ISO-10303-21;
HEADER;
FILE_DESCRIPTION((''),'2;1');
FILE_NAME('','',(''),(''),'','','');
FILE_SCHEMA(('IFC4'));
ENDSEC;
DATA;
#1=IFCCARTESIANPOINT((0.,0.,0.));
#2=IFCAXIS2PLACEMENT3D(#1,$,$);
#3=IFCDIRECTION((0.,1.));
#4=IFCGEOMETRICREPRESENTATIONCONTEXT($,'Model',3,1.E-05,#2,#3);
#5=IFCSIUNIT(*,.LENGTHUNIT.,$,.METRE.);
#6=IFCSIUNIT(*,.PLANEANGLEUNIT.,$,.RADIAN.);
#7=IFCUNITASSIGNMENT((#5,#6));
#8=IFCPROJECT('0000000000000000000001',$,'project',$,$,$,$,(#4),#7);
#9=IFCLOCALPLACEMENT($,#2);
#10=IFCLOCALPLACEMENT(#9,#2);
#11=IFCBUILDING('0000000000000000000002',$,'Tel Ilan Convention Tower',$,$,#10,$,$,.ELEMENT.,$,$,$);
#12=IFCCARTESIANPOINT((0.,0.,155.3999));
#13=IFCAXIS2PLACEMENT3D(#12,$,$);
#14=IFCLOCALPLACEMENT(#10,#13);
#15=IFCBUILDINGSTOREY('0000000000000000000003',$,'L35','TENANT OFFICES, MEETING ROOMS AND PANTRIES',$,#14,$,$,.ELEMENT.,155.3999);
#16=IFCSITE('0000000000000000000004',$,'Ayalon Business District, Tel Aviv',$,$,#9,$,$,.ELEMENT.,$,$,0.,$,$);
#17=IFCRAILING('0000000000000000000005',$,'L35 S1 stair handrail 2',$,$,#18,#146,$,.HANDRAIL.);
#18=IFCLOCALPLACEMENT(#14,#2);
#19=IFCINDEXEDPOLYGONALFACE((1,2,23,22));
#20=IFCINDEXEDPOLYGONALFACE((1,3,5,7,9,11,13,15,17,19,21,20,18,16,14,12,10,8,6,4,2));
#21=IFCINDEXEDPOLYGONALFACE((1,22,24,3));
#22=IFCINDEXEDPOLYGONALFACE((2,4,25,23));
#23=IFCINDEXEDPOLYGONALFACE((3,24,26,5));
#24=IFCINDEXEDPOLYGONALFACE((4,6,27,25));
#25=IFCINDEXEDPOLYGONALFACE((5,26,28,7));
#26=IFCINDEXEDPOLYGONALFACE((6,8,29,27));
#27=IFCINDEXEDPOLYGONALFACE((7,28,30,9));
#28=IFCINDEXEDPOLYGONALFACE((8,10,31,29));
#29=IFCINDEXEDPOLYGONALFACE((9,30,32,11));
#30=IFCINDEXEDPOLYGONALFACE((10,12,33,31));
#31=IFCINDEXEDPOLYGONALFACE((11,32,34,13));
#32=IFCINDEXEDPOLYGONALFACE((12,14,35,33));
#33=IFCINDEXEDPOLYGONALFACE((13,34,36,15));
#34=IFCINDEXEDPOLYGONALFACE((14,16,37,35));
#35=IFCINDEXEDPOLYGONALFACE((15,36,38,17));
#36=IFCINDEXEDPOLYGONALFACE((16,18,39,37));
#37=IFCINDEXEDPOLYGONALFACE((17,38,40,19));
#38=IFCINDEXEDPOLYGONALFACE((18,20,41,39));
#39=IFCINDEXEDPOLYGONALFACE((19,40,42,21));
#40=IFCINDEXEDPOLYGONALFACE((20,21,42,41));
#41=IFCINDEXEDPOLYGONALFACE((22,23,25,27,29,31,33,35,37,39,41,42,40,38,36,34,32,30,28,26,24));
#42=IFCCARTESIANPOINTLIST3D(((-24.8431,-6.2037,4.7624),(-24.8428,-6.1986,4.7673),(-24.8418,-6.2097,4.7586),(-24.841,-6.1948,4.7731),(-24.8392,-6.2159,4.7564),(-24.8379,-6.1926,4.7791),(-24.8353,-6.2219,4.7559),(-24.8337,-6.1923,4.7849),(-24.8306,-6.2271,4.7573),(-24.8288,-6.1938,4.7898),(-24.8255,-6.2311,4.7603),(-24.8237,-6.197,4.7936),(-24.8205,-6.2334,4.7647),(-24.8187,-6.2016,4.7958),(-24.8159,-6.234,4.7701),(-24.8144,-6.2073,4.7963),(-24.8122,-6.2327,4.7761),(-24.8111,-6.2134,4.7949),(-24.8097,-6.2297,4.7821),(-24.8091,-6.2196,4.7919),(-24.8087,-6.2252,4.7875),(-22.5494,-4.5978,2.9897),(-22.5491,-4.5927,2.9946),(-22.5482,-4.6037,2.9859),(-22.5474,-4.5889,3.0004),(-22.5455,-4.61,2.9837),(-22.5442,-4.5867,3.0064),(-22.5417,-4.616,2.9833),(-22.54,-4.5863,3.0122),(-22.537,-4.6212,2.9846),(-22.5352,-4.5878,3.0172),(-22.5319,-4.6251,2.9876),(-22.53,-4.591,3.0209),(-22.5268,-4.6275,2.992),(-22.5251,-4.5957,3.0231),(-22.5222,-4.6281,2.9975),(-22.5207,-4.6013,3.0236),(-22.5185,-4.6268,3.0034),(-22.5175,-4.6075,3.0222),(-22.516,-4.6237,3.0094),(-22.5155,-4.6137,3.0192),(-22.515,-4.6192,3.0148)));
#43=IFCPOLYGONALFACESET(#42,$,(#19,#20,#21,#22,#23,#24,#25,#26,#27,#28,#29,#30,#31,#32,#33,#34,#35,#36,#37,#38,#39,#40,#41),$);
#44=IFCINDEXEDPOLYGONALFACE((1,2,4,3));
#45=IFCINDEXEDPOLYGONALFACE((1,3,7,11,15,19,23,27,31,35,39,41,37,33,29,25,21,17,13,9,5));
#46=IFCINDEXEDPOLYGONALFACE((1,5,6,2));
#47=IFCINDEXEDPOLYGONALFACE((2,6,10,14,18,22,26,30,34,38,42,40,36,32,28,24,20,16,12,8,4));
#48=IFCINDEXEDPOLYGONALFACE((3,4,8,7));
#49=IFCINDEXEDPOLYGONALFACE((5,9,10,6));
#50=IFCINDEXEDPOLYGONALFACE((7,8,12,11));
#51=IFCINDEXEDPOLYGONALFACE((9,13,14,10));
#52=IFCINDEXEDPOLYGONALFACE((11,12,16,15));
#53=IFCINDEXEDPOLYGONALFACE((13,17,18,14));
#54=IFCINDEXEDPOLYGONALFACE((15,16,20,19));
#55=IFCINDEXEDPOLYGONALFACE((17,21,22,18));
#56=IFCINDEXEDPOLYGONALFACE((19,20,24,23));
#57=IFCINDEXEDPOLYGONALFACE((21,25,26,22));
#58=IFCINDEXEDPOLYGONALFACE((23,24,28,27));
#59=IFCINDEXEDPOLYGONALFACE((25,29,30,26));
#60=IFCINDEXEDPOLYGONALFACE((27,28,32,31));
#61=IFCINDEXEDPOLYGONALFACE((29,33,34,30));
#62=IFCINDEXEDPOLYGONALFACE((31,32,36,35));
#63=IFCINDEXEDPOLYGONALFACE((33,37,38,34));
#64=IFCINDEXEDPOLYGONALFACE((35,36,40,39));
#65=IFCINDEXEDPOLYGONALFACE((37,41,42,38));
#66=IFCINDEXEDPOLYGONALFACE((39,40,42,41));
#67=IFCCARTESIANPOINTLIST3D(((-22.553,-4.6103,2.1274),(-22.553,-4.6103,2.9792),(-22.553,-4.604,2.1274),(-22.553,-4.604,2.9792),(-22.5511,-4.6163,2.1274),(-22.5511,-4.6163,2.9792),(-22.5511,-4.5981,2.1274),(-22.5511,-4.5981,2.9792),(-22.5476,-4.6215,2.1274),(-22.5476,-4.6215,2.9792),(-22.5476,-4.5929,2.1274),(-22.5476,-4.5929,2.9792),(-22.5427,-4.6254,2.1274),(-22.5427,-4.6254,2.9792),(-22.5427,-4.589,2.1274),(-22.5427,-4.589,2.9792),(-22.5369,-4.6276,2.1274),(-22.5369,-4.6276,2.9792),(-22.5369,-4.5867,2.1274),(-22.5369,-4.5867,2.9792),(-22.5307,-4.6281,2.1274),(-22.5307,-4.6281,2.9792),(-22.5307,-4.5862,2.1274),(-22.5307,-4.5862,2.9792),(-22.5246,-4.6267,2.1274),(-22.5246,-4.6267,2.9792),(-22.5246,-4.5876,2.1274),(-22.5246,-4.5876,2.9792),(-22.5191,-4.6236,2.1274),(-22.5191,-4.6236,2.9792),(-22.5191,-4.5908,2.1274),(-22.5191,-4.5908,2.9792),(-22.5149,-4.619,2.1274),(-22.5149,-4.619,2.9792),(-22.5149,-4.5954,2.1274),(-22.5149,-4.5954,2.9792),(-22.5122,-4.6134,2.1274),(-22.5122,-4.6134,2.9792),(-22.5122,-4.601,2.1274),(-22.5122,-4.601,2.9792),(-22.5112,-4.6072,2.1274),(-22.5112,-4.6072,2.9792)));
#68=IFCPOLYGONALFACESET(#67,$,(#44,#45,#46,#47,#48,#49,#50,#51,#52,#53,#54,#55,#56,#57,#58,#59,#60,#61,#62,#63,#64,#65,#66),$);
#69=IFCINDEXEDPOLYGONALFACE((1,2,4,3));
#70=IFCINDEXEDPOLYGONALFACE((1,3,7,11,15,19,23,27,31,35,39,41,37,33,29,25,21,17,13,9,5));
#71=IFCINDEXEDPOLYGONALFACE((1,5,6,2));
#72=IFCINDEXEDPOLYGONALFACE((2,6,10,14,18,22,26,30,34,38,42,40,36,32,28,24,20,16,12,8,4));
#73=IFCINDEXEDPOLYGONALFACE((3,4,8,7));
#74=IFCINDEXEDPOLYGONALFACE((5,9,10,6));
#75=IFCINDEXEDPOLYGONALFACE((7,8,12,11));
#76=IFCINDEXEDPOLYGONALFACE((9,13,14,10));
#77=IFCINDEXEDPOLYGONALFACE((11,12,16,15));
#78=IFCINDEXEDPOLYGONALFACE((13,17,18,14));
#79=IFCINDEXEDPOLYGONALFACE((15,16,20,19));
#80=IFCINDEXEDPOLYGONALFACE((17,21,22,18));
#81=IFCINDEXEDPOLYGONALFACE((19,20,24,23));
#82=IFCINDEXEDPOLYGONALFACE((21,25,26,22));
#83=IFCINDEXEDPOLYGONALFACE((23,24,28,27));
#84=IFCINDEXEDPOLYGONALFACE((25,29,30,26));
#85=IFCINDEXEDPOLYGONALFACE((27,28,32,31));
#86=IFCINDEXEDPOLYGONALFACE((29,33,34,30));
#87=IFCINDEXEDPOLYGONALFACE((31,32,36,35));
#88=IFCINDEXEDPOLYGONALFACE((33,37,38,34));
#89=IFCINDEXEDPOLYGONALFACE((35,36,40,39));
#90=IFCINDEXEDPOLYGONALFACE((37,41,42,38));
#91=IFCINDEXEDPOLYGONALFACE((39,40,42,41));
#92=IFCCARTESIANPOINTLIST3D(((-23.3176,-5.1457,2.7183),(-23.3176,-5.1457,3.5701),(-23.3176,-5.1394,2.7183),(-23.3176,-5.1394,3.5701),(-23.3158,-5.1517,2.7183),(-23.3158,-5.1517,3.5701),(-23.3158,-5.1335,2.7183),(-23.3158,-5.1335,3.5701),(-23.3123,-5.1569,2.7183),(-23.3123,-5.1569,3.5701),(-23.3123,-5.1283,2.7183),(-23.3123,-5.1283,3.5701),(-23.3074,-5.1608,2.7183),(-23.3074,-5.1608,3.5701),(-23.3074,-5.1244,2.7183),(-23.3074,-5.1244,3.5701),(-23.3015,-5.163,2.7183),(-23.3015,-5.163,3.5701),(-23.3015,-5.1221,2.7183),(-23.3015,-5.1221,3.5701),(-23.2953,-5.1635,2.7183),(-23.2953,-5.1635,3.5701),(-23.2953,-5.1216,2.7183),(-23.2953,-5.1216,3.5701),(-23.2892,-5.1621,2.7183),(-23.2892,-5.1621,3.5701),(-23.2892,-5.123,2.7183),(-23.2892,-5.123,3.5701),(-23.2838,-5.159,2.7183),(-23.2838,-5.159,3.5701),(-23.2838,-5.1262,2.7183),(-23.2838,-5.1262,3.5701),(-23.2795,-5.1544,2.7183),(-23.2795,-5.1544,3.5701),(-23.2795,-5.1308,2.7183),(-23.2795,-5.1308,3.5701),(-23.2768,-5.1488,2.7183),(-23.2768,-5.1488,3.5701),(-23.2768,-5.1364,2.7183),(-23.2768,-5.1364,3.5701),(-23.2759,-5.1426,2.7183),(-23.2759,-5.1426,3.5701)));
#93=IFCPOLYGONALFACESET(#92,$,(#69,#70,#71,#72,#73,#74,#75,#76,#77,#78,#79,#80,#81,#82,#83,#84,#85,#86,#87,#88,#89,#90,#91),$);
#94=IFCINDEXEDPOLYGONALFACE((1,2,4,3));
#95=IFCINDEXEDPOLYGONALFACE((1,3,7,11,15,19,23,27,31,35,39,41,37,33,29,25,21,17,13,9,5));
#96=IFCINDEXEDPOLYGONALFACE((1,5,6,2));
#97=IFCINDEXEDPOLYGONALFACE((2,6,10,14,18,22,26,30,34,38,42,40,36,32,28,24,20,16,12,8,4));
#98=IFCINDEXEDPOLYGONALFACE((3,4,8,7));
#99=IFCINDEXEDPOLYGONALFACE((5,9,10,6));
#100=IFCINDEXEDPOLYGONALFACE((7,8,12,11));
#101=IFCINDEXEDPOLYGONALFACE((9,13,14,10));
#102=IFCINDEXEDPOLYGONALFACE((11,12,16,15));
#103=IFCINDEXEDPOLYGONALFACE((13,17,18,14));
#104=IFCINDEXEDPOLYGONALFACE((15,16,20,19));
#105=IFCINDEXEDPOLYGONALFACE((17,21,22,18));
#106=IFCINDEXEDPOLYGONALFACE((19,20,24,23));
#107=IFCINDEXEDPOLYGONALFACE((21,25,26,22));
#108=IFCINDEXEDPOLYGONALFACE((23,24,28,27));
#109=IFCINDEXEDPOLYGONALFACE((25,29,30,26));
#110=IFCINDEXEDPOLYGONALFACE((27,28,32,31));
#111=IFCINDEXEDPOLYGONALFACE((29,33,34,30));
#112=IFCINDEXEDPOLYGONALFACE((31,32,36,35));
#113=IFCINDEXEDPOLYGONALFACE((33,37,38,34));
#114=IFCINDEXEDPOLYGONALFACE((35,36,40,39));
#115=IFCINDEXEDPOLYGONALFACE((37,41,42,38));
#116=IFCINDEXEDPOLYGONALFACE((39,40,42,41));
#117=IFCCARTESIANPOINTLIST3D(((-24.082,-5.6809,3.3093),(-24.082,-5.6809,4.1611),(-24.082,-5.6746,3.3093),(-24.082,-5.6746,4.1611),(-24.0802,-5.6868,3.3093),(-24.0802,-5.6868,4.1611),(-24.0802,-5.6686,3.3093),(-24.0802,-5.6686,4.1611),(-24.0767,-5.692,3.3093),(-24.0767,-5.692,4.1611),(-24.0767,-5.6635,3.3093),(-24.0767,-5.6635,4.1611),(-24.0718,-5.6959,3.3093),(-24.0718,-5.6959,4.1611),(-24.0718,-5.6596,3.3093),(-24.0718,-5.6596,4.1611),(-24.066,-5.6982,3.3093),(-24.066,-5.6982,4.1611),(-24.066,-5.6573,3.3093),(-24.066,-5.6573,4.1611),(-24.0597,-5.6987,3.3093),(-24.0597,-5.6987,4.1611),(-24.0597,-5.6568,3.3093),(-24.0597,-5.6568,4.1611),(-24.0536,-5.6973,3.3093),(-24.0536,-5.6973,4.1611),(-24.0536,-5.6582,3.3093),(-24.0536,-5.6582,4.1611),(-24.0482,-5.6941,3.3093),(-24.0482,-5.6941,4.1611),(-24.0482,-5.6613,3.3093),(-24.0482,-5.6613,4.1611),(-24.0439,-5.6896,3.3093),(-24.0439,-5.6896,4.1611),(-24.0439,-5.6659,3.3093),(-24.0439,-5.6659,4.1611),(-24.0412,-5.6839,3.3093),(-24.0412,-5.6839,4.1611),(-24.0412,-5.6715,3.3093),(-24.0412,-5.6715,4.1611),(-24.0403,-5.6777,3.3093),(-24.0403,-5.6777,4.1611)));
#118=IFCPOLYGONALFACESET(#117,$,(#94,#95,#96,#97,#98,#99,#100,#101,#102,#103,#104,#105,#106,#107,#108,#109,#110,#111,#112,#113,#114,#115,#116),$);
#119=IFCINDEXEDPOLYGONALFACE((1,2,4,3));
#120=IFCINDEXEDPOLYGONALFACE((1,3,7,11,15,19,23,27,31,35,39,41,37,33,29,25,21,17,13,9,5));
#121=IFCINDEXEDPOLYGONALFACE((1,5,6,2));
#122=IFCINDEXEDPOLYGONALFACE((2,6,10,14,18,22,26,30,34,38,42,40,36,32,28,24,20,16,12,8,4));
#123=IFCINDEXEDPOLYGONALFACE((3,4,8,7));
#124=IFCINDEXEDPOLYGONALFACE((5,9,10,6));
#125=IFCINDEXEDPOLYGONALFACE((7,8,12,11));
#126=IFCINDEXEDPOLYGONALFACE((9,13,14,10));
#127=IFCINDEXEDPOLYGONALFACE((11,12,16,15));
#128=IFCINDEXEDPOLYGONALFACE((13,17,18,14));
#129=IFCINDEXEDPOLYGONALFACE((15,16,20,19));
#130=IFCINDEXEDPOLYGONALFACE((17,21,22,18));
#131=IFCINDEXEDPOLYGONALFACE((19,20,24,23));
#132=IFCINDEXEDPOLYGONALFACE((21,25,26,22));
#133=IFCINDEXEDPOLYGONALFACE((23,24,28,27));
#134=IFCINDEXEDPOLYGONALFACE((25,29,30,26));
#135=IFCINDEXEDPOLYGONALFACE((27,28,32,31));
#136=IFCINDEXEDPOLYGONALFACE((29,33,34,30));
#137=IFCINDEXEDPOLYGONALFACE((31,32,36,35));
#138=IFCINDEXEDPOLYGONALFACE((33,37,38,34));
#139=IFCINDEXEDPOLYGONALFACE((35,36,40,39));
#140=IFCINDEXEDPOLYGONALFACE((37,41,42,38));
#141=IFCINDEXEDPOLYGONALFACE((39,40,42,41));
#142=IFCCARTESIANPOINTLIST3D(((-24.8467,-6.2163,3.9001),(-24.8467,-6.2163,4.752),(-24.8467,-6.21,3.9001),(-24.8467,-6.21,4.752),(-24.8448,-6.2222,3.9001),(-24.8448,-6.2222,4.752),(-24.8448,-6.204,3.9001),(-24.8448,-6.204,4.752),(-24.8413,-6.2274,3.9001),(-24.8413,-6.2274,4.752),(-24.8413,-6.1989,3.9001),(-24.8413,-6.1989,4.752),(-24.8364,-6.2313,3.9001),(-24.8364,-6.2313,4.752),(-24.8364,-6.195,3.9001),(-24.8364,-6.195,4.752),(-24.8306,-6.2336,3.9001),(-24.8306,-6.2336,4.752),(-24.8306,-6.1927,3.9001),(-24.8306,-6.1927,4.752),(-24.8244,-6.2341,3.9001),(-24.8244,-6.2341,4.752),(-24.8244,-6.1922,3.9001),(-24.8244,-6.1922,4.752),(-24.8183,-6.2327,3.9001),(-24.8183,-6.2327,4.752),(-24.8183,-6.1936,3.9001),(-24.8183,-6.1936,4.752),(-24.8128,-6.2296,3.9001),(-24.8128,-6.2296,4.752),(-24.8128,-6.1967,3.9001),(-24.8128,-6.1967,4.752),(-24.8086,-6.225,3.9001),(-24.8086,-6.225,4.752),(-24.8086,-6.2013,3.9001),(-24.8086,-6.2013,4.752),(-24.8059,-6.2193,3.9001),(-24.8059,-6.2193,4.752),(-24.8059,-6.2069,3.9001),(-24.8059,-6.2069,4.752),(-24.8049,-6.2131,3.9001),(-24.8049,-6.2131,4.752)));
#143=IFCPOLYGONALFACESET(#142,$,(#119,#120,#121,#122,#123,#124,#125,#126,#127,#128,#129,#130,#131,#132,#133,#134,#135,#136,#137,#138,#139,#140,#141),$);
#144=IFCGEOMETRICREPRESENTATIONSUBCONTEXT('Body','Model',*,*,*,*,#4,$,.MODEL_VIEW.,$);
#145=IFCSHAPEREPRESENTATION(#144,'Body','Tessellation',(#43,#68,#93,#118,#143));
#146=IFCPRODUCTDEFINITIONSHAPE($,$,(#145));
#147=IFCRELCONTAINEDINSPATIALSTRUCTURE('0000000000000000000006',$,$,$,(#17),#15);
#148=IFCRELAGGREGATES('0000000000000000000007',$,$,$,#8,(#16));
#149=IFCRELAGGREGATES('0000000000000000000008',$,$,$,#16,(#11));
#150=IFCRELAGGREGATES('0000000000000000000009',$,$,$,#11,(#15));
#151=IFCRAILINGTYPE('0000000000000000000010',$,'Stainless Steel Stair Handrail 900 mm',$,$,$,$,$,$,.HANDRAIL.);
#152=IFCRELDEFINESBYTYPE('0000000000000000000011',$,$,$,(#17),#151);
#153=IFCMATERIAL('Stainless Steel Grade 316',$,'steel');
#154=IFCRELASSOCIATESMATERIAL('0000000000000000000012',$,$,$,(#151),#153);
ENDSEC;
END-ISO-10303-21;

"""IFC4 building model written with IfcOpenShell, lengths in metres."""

from ifc_helpers import new_model, si_unit, direction, frame, origin, origin_2d, place, context, subcontext, project, spatial, circle, extrude, material, type_object, element, save


model = new_model("IFC4")

# Units and contexts
model_context = context("Model", 3, precision=1e-05, world=origin(), true_north=direction((0.0, 1.0)))
body_context = subcontext(model_context, "Body", "Model", "MODEL_VIEW")
ifc_project = project(units=[si_unit("LENGTHUNIT", "METRE"), si_unit("PLANEANGLEUNIT", "RADIAN")], contexts=[model_context])

# Site, building, storey
site_placement = place(None, origin())
site = spatial("IfcSite", under=ifc_project, at=site_placement, Name="Ayalon Business District, Tel Aviv", CompositionType="ELEMENT", RefElevation=0.0)
building_placement = place(site_placement, origin())
building = spatial("IfcBuilding", under=site, at=building_placement, Name="Tel Ilan Convention Tower", CompositionType="ELEMENT")
storey_placement = place(building_placement, frame((0.0, 0.0, 155.3999)))
storey = spatial("IfcBuildingStorey", under=building, at=storey_placement, Name="L35", Description="TENANT OFFICES, MEETING ROOMS AND PANTRIES", CompositionType="ELEMENT", Elevation=155.3999)

# Railing
ifc_material_1 = material(Name="Stainless Steel Grade 316", Category="steel")
railing_type_1 = type_object("IfcRailingType", Name="Stainless Steel Stair Handrail 900 mm", PredefinedType="HANDRAIL", material=ifc_material_1)
railing_1_placement = place(storey_placement, frame((-22.5322, -4.6072, 2.1274)))
element("IfcRailing", 1, at=railing_1_placement, inside=storey, type_object=railing_type_1, Name="L35 S1 stair handrail 2", PredefinedType="HANDRAIL", context=body_context, shape_type="SweptSolid", body=[
    extrude(circle(Radius=0.0239, at=origin_2d()), frame((0.0, 0.0, 0.876), z_axis=(-0.692123, -0.484597, 0.534913), x_axis=(0.57355, -0.81917, 0.0)), (0.0, 0.0, 1.0), 3.314),
    extrude(circle(Radius=0.021, at=origin_2d()), origin(), (0.0, 0.0, 1.0), 0.8518),
    extrude(circle(Radius=0.021, at=origin_2d()), frame((-0.7646, -0.5354, 0.5908)), (0.0, 0.0, 1.0), 0.8518),
    extrude(circle(Radius=0.021, at=origin_2d()), frame((-1.5291, -1.0706, 1.1819)), (0.0, 0.0, 1.0), 0.8518),
    extrude(circle(Radius=0.021, at=origin_2d()), frame((-2.2937, -1.606, 1.7727)), (0.0, 0.0, 1.0), 0.8518),
])

save(model, "model.ifc")
